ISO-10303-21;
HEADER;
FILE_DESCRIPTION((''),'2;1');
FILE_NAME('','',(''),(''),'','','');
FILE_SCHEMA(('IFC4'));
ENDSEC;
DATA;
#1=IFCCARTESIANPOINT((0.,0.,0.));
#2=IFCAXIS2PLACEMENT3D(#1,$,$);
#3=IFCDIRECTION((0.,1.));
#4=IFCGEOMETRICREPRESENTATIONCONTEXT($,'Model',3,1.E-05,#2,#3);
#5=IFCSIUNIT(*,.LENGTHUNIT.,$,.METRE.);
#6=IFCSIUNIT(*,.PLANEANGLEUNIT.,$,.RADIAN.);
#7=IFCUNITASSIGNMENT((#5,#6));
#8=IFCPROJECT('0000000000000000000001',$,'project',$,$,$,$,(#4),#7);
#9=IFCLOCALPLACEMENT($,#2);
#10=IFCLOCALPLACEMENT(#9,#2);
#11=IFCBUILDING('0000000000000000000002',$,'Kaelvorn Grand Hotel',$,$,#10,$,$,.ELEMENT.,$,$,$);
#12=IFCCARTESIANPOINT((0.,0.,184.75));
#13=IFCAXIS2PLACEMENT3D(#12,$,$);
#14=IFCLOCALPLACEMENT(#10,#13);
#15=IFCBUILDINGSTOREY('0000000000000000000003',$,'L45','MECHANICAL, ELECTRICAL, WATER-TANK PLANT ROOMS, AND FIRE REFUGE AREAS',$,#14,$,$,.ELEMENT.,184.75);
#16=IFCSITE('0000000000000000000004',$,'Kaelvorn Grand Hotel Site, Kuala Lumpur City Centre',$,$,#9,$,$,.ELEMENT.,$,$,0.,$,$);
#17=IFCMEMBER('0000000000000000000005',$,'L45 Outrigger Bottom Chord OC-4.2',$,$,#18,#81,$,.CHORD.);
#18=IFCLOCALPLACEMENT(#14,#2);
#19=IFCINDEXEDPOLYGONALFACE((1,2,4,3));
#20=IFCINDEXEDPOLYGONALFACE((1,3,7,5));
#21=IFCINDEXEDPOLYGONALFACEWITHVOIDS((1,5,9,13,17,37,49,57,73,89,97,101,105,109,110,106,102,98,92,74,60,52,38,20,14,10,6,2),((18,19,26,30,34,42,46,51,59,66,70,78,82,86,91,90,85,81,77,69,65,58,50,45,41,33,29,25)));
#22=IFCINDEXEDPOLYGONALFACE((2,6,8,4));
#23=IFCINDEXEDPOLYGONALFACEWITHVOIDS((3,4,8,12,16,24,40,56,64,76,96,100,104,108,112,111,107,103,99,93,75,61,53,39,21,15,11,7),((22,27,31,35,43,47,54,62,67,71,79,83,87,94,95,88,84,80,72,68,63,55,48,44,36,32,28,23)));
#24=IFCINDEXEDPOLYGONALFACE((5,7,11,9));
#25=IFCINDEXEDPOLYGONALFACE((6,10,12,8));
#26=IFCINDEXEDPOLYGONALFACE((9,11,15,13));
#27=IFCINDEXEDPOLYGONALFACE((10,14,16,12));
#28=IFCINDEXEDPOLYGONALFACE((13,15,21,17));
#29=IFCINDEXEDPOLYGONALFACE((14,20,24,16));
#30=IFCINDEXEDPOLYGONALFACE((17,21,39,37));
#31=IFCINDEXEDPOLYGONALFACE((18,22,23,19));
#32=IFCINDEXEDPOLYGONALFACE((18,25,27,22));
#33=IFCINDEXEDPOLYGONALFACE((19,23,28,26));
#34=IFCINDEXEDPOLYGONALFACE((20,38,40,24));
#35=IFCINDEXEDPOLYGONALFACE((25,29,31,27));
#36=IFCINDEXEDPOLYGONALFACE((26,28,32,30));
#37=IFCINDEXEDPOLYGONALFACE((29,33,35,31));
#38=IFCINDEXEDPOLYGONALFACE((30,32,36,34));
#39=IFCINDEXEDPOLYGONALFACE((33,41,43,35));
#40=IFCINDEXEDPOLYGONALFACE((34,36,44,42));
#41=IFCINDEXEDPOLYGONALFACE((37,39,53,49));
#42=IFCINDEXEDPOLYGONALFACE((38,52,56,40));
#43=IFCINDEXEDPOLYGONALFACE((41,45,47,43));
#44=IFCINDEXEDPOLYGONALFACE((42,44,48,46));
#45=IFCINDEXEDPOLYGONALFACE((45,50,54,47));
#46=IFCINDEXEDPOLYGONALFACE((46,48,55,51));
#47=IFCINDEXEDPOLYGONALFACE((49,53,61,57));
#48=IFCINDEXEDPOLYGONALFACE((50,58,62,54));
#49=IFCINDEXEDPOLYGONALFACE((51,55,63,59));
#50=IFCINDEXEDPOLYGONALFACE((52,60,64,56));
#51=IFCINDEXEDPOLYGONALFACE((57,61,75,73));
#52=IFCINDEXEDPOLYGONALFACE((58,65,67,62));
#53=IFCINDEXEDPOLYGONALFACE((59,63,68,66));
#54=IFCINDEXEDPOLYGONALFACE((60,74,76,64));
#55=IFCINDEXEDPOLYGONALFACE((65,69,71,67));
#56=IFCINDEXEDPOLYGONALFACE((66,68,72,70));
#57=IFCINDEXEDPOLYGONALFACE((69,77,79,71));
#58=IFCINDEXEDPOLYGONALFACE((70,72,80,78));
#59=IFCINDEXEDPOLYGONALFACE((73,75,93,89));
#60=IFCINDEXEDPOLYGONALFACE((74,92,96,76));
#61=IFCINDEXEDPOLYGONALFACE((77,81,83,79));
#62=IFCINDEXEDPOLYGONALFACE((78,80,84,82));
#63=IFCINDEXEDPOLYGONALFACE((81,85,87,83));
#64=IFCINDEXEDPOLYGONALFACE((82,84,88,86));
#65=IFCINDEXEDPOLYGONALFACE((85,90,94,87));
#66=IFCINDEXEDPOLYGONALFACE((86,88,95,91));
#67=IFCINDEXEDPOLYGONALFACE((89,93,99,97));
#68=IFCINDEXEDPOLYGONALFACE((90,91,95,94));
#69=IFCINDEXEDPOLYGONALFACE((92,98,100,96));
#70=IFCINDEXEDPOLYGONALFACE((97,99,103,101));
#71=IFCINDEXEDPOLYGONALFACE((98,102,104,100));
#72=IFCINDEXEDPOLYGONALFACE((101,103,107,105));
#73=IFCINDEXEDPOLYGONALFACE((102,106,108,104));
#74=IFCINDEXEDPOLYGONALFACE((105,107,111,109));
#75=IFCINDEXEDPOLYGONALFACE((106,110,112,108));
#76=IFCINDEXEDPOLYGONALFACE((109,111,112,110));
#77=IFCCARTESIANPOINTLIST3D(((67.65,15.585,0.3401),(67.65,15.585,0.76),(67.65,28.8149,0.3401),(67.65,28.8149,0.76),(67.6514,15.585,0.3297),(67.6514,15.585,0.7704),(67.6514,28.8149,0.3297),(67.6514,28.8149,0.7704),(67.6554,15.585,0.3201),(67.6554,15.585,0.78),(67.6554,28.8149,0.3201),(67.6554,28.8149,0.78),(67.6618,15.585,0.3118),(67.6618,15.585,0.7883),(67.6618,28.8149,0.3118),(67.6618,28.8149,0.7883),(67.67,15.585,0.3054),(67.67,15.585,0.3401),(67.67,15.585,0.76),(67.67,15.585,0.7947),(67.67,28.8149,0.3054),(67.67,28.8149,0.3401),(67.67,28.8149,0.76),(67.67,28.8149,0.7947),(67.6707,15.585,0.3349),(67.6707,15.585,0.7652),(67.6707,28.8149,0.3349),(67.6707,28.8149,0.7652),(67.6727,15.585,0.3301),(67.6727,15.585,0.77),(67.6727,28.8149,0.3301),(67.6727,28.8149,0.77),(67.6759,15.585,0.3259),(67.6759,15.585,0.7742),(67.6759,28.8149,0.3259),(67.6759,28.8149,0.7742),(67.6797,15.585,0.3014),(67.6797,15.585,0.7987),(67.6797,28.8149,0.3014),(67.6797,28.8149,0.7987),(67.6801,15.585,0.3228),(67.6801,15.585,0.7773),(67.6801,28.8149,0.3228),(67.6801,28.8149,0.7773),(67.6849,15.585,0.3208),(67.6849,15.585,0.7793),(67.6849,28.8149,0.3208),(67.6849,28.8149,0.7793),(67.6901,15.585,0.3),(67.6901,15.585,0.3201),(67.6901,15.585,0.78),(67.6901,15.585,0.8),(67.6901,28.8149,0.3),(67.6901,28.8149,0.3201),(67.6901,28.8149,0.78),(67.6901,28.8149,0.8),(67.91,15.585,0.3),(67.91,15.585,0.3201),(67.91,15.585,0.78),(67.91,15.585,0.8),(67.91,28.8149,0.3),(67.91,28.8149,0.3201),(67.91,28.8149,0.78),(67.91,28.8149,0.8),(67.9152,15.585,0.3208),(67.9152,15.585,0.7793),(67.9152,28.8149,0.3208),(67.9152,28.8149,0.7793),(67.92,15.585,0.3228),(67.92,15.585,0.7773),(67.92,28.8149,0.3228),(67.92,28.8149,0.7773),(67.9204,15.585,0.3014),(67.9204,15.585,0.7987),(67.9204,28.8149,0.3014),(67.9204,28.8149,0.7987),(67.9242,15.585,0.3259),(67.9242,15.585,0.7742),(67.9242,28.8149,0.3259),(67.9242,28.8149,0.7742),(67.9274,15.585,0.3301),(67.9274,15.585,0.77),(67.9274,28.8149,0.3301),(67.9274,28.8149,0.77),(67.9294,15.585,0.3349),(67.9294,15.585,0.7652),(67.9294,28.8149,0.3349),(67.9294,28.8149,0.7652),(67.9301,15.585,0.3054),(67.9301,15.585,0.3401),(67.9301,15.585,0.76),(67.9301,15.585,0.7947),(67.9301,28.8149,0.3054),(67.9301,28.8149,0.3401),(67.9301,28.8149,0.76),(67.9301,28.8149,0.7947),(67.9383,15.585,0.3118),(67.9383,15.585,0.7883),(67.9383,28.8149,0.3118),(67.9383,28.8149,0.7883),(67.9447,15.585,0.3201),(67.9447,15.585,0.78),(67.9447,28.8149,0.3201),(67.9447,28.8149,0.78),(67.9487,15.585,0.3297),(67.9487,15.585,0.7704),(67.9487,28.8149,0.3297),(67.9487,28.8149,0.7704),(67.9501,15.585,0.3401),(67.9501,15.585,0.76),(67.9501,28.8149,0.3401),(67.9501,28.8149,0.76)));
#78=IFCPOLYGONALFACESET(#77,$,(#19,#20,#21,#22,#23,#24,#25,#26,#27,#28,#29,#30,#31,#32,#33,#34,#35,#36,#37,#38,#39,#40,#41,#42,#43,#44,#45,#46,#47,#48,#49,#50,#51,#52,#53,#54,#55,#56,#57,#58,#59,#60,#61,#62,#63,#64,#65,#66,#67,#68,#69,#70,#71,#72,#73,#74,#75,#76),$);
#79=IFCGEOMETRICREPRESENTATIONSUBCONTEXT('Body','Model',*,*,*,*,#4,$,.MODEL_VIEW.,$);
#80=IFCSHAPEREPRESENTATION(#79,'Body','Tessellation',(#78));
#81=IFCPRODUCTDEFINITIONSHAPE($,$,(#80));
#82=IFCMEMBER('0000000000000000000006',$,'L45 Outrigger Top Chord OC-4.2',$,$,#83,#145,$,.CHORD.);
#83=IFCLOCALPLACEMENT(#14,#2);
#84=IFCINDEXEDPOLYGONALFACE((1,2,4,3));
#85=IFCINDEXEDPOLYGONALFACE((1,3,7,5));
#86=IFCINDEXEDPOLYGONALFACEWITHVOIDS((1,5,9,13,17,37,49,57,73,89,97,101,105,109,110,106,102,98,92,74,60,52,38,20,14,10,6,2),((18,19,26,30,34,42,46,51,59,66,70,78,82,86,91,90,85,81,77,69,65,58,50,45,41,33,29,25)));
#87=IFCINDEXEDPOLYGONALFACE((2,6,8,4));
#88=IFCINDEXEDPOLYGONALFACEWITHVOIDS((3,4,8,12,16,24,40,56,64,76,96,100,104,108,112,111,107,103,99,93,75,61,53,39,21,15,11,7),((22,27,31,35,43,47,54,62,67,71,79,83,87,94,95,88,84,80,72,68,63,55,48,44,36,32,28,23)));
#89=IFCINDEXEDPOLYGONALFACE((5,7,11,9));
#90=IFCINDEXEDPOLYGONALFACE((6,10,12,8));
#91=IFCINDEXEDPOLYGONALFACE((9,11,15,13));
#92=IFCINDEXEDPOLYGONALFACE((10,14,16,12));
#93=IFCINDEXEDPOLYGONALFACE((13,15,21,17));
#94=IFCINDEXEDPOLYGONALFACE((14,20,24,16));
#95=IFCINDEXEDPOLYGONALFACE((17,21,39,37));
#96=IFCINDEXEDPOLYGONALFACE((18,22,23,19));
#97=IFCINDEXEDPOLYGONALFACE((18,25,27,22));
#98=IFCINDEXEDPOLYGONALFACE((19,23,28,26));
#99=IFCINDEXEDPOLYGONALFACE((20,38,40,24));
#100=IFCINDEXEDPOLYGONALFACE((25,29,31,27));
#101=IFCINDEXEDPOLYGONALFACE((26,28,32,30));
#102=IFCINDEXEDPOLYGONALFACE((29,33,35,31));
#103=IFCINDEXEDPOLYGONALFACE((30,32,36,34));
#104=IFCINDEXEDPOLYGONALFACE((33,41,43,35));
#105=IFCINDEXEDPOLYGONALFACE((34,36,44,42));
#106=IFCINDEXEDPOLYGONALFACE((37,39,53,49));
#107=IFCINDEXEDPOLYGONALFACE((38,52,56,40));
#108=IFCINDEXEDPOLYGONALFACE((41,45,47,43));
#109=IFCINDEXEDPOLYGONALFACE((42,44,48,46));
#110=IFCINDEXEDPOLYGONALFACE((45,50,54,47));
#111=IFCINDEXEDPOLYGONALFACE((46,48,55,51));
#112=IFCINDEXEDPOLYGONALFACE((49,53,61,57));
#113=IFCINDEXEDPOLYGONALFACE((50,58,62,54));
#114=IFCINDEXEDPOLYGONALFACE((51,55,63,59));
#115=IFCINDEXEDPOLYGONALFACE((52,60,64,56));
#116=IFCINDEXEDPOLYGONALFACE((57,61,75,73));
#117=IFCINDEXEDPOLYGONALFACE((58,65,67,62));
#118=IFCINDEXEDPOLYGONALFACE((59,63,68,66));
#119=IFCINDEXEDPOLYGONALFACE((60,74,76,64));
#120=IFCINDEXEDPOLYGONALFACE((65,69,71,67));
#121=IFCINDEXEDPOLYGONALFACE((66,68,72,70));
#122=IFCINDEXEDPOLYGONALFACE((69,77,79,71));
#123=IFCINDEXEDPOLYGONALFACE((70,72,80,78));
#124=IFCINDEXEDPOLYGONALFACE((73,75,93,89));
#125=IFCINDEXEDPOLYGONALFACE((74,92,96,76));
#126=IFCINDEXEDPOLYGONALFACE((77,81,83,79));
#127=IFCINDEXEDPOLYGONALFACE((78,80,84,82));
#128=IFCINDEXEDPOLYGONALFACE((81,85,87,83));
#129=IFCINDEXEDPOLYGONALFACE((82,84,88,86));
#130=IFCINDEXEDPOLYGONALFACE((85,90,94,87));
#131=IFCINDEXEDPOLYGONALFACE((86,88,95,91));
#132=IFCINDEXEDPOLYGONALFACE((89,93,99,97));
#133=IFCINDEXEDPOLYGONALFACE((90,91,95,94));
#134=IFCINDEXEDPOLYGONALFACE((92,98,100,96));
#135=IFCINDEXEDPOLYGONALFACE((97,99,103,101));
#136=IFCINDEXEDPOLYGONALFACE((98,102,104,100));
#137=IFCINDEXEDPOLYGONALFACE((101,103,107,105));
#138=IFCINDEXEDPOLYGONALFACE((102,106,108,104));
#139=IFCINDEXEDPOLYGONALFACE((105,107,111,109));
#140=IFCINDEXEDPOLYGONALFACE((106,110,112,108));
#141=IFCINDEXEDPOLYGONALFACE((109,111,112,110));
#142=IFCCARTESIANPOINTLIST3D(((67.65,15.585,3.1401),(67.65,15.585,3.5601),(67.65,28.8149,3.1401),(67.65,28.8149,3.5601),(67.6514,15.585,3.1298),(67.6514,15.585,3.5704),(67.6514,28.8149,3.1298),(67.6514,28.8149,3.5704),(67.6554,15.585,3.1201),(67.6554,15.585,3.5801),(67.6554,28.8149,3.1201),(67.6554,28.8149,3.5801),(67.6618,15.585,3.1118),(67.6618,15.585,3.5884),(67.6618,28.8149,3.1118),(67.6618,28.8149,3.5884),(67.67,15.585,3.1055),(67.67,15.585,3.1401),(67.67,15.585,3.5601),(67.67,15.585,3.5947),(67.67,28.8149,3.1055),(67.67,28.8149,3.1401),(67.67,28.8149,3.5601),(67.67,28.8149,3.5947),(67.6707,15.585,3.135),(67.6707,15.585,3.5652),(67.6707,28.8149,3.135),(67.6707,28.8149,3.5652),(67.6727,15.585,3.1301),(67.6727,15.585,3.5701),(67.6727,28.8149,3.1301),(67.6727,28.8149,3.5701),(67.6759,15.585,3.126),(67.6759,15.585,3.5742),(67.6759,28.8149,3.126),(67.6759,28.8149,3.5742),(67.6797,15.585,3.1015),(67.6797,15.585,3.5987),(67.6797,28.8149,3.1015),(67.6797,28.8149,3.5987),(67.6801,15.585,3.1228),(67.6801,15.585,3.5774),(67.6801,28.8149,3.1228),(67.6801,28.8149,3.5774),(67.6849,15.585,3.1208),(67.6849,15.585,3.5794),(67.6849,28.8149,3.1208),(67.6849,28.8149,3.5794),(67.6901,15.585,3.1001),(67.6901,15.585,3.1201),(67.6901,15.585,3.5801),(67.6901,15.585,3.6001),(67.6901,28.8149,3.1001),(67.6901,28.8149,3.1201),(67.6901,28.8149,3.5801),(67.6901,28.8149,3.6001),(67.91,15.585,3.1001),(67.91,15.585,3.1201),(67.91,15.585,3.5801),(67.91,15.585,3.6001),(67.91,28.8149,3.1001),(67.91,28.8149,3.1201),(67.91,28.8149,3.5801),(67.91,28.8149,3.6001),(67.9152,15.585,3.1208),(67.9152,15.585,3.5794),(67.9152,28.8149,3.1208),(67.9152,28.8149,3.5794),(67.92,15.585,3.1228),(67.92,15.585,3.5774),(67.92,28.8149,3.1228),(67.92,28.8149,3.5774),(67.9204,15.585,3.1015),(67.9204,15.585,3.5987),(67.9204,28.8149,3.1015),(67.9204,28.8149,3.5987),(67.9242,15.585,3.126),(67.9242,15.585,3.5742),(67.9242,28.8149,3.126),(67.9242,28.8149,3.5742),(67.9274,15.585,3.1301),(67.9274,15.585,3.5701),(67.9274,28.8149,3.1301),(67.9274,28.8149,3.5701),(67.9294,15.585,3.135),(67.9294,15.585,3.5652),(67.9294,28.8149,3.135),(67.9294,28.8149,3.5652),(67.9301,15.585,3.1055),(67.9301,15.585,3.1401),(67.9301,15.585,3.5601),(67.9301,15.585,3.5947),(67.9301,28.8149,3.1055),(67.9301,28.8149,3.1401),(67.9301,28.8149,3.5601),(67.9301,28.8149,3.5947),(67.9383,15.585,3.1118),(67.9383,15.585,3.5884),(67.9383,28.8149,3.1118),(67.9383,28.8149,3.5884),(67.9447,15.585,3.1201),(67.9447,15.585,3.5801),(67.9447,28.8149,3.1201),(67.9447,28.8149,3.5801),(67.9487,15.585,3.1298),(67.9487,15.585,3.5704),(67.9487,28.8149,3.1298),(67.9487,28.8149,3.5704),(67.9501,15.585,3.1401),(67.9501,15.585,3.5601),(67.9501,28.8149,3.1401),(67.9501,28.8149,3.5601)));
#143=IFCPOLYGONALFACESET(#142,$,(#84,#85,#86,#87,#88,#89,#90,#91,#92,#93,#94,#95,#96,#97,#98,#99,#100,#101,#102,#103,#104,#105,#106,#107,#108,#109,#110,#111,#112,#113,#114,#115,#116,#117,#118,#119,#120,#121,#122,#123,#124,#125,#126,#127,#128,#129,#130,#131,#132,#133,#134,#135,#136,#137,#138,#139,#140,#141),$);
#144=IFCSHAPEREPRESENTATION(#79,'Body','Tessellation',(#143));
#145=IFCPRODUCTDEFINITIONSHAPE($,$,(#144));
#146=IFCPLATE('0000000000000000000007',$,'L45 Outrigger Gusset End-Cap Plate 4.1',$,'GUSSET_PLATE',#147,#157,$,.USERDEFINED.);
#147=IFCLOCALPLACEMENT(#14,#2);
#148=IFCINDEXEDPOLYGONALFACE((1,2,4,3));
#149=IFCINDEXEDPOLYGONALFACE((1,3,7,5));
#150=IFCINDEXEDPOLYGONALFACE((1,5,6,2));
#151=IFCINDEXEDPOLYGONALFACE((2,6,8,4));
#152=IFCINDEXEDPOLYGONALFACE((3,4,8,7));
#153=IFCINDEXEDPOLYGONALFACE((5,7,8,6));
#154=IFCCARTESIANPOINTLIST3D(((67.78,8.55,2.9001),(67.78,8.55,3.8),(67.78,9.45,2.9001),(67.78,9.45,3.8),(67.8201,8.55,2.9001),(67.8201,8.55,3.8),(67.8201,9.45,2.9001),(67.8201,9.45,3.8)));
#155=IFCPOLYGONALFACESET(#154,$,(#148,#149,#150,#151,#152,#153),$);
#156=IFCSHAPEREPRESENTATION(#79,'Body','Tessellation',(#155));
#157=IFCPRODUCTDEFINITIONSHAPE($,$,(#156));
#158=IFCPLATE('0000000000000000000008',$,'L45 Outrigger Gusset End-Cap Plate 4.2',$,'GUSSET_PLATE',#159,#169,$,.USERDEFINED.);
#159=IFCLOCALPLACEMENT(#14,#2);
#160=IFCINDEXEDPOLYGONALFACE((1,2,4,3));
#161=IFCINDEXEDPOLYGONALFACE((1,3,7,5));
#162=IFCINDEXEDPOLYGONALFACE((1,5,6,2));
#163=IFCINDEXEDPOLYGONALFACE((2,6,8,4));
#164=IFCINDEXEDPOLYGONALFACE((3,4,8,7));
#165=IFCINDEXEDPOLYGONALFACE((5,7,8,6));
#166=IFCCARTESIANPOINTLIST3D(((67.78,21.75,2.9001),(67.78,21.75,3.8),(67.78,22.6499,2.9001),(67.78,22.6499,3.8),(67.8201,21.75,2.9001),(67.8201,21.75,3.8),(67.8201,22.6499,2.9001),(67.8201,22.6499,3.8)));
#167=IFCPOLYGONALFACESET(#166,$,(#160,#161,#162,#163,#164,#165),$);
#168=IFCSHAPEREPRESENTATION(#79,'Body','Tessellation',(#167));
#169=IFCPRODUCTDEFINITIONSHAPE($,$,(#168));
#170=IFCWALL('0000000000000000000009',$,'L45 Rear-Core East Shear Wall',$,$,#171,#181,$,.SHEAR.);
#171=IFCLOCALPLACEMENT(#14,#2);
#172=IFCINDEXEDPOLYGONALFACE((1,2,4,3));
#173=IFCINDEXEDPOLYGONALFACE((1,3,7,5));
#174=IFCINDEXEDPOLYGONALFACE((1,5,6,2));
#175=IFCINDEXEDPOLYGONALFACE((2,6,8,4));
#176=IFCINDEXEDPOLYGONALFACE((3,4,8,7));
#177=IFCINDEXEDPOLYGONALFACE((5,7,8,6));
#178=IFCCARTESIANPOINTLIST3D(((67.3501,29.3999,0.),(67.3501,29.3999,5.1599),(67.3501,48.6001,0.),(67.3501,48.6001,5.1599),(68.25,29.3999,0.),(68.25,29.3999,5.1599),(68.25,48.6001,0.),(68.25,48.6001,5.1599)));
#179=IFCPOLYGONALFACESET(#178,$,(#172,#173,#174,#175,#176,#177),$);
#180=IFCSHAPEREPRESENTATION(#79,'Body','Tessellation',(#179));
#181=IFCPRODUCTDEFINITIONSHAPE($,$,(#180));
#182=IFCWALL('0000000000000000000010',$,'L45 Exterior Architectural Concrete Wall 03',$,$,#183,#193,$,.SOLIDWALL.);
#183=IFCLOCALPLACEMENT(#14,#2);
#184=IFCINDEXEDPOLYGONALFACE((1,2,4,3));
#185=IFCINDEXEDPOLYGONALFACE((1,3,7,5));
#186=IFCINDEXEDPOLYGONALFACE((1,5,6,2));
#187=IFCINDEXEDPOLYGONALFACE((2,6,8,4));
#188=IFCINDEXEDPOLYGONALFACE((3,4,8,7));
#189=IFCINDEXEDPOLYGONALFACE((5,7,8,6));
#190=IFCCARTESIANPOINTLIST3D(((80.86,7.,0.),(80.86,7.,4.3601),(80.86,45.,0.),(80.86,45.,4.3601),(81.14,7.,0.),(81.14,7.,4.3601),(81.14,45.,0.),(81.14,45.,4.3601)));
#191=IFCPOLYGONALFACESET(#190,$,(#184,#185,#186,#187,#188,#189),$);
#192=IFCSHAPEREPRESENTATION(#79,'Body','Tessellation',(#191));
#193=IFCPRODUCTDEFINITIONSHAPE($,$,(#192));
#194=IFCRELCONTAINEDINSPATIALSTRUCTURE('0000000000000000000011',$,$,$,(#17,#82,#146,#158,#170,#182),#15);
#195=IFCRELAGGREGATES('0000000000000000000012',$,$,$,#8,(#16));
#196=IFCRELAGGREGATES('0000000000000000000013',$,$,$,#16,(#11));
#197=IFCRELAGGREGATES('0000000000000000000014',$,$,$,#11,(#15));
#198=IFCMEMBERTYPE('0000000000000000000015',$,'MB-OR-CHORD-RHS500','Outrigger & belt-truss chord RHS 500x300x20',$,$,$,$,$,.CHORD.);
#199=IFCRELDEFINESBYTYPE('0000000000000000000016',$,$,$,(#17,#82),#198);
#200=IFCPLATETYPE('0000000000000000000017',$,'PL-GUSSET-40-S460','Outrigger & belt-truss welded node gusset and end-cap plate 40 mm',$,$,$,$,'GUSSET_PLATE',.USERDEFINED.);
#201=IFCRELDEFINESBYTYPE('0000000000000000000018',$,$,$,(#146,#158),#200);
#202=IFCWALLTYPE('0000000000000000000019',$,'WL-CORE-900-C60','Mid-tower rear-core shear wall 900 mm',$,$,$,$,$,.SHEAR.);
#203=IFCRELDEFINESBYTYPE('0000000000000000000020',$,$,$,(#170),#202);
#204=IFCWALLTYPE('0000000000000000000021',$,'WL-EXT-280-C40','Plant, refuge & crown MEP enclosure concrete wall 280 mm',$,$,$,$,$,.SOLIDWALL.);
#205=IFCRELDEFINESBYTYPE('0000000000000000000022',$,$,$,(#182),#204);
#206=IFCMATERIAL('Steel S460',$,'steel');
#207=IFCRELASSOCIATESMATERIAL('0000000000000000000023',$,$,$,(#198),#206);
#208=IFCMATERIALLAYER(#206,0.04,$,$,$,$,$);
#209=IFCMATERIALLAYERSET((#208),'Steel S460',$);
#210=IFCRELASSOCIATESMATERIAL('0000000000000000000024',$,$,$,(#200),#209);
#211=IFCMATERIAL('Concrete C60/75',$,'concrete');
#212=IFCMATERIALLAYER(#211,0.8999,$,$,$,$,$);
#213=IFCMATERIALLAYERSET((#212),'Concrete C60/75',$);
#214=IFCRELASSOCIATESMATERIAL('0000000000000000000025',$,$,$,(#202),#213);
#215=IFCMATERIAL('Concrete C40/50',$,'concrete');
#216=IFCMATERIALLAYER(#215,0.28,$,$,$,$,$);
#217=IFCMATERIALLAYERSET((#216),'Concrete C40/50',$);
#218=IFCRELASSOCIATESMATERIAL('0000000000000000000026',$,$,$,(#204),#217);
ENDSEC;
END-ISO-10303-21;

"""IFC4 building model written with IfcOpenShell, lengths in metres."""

from ifc_helpers import new_model, si_unit, direction, frame, frame_2d, origin, origin_2d, place, context, subcontext, project, spatial, rectangle, hollow_rectangle, extrude, material, layer, layer_set, material_profile, profile_set, type_object, element, save


model = new_model("IFC4")

# Units and contexts
model_context = context("Model", 3, precision=1e-05, world=origin(), true_north=direction((0.0, 1.0)))
body_context = subcontext(model_context, "Body", "Model", "MODEL_VIEW")
ifc_project = project(units=[si_unit("LENGTHUNIT", "METRE"), si_unit("PLANEANGLEUNIT", "RADIAN")], contexts=[model_context])

# Site, building, storey
site_placement = place(None, origin())
site = spatial("IfcSite", under=ifc_project, at=site_placement, Name="Kaelvorn Grand Hotel Site, Kuala Lumpur City Centre", CompositionType="ELEMENT", RefElevation=0.0)
building_placement = place(site_placement, origin())
building = spatial("IfcBuilding", under=site, at=building_placement, Name="Kaelvorn Grand Hotel", CompositionType="ELEMENT")
storey_placement = place(building_placement, frame((0.0, 0.0, 184.75)))
storey = spatial("IfcBuildingStorey", under=building, at=storey_placement, Name="L45", Description="MECHANICAL, ELECTRICAL, WATER-TANK PLANT ROOMS, AND FIRE REFUGE AREAS", CompositionType="ELEMENT", Elevation=184.75)

# Shared definitions
ifc_material_1 = material(Name="Concrete C60/75", Category="concrete")

# Shared definitions
ifc_material_2 = material(Name="Steel S460", Category="steel")

# Members
ifc_material_profile_1 = material_profile(ifc_material_2, hollow_rectangle(XDim=0.3, YDim=0.5, WallThickness=0.02, InnerFilletRadius=0.02, OuterFilletRadius=0.04, at=origin_2d()), Name="RHS 500x300x20.0")
ifc_profile_set_1 = profile_set([ifc_material_profile_1], Name="Steel S460")
member_type_1 = type_object("IfcMemberType", Name="MB-OR-CHORD-RHS500", Description="Outrigger & belt-truss chord RHS 500x300x20", PredefinedType="CHORD", material=ifc_profile_set_1)
for number, where, z_axis, x_axis, name in (
    (1, (67.8, 15.585, 0.55), (0.0, 1.0, 0.0), (-1.0, 0.0, 0.0), "L45 Outrigger Bottom Chord OC-4.2"),
    (2, (67.8, 15.585, 3.3501), (0.0, 1.0, 0.0), (-1.0, 0.0, 0.0), "L45 Outrigger Top Chord OC-4.2"),
):
    element("IfcMember", number, at=place(storey_placement, frame(where, z_axis=z_axis, x_axis=x_axis)), inside=storey, type_object=member_type_1, Name=name, PredefinedType="CHORD", context=body_context, shape_type="SweptSolid", body=[
        extrude(hollow_rectangle(XDim=0.3, YDim=0.5, WallThickness=0.02, InnerFilletRadius=0.02, OuterFilletRadius=0.04, at=origin_2d()), origin(), (0.0, 0.0, 1.0), 13.23),
    ])

# Plates
ifc_layer_1 = layer(ifc_material_2, 0.04)
ifc_layer_set_1 = layer_set([ifc_layer_1], Name="Steel S460")
plate_type = type_object("IfcPlateType", Name="PL-GUSSET-40-S460", Description="Outrigger & belt-truss welded node gusset and end-cap plate 40 mm", ElementType="GUSSET_PLATE", PredefinedType="USERDEFINED", material=ifc_layer_set_1)
for number, where, z_axis, x_axis, name in (
    (3, (67.8, 9.0, 2.9001), (0.0, 0.0, 1.0), (1.0, 0.0, 0.0), "L45 Outrigger Gusset End-Cap Plate 4.1"),
    (4, (67.8, 22.2, 2.9001), (0.0, 0.0, 1.0), (1.0, 0.0, 0.0), "L45 Outrigger Gusset End-Cap Plate 4.2"),
):
    element("IfcPlate", number, at=place(storey_placement, frame(where, z_axis=z_axis, x_axis=x_axis)), inside=storey, type_object=plate_type, Name=name, ObjectType="GUSSET_PLATE", PredefinedType="USERDEFINED", context=body_context, shape_type="SweptSolid", body=[
        extrude(rectangle(XDim=0.04, YDim=0.8999, at=origin_2d()), origin(), (0.0, 0.0, 1.0), 0.8999),
    ])

# Walls
ifc_layer_2 = layer(ifc_material_1, 0.8999)
ifc_layer_set_2 = layer_set([ifc_layer_2], Name="Concrete C60/75")
wall_type_1 = type_object("IfcWallType", Name="WL-CORE-900-C60", Description="Mid-tower rear-core shear wall 900 mm", PredefinedType="SHEAR", material=ifc_layer_set_2)
wall_1_placement = place(storey_placement, frame((67.8, 29.3999, 0.0), z_axis=(0.0, 0.0, 1.0), x_axis=(0.0, 1.0, 0.0)))
element("IfcWall", 5, at=wall_1_placement, inside=storey, type_object=wall_type_1, Name="L45 Rear-Core East Shear Wall", PredefinedType="SHEAR", context=body_context, shape_type="SweptSolid", body=[
    extrude(rectangle(XDim=19.2002, YDim=0.8999, at=frame_2d((9.6001, 0.0))), origin(), (0.0, 0.0, 1.0), 5.1599),
])
ifc_material_3 = material(Name="Concrete C40/50", Category="concrete")
ifc_layer_3 = layer(ifc_material_3, 0.28)
ifc_layer_set_3 = layer_set([ifc_layer_3], Name="Concrete C40/50")
wall_type_2 = type_object("IfcWallType", Name="WL-EXT-280-C40", Description="Plant, refuge & crown MEP enclosure concrete wall 280 mm", PredefinedType="SOLIDWALL", material=ifc_layer_set_3)
wall_2_placement = place(storey_placement, frame((81.0, 7.0, 0.0), z_axis=(0.0, 0.0, 1.0), x_axis=(0.0, 1.0, 0.0)))
element("IfcWall", 6, at=wall_2_placement, inside=storey, type_object=wall_type_2, Name="L45 Exterior Architectural Concrete Wall 03", PredefinedType="SOLIDWALL", context=body_context, shape_type="SweptSolid", body=[
    extrude(rectangle(XDim=38.0, YDim=0.28, at=frame_2d((19.0, 0.0))), origin(), (0.0, 0.0, 1.0), 4.3601),
])

save(model, "model.ifc")
